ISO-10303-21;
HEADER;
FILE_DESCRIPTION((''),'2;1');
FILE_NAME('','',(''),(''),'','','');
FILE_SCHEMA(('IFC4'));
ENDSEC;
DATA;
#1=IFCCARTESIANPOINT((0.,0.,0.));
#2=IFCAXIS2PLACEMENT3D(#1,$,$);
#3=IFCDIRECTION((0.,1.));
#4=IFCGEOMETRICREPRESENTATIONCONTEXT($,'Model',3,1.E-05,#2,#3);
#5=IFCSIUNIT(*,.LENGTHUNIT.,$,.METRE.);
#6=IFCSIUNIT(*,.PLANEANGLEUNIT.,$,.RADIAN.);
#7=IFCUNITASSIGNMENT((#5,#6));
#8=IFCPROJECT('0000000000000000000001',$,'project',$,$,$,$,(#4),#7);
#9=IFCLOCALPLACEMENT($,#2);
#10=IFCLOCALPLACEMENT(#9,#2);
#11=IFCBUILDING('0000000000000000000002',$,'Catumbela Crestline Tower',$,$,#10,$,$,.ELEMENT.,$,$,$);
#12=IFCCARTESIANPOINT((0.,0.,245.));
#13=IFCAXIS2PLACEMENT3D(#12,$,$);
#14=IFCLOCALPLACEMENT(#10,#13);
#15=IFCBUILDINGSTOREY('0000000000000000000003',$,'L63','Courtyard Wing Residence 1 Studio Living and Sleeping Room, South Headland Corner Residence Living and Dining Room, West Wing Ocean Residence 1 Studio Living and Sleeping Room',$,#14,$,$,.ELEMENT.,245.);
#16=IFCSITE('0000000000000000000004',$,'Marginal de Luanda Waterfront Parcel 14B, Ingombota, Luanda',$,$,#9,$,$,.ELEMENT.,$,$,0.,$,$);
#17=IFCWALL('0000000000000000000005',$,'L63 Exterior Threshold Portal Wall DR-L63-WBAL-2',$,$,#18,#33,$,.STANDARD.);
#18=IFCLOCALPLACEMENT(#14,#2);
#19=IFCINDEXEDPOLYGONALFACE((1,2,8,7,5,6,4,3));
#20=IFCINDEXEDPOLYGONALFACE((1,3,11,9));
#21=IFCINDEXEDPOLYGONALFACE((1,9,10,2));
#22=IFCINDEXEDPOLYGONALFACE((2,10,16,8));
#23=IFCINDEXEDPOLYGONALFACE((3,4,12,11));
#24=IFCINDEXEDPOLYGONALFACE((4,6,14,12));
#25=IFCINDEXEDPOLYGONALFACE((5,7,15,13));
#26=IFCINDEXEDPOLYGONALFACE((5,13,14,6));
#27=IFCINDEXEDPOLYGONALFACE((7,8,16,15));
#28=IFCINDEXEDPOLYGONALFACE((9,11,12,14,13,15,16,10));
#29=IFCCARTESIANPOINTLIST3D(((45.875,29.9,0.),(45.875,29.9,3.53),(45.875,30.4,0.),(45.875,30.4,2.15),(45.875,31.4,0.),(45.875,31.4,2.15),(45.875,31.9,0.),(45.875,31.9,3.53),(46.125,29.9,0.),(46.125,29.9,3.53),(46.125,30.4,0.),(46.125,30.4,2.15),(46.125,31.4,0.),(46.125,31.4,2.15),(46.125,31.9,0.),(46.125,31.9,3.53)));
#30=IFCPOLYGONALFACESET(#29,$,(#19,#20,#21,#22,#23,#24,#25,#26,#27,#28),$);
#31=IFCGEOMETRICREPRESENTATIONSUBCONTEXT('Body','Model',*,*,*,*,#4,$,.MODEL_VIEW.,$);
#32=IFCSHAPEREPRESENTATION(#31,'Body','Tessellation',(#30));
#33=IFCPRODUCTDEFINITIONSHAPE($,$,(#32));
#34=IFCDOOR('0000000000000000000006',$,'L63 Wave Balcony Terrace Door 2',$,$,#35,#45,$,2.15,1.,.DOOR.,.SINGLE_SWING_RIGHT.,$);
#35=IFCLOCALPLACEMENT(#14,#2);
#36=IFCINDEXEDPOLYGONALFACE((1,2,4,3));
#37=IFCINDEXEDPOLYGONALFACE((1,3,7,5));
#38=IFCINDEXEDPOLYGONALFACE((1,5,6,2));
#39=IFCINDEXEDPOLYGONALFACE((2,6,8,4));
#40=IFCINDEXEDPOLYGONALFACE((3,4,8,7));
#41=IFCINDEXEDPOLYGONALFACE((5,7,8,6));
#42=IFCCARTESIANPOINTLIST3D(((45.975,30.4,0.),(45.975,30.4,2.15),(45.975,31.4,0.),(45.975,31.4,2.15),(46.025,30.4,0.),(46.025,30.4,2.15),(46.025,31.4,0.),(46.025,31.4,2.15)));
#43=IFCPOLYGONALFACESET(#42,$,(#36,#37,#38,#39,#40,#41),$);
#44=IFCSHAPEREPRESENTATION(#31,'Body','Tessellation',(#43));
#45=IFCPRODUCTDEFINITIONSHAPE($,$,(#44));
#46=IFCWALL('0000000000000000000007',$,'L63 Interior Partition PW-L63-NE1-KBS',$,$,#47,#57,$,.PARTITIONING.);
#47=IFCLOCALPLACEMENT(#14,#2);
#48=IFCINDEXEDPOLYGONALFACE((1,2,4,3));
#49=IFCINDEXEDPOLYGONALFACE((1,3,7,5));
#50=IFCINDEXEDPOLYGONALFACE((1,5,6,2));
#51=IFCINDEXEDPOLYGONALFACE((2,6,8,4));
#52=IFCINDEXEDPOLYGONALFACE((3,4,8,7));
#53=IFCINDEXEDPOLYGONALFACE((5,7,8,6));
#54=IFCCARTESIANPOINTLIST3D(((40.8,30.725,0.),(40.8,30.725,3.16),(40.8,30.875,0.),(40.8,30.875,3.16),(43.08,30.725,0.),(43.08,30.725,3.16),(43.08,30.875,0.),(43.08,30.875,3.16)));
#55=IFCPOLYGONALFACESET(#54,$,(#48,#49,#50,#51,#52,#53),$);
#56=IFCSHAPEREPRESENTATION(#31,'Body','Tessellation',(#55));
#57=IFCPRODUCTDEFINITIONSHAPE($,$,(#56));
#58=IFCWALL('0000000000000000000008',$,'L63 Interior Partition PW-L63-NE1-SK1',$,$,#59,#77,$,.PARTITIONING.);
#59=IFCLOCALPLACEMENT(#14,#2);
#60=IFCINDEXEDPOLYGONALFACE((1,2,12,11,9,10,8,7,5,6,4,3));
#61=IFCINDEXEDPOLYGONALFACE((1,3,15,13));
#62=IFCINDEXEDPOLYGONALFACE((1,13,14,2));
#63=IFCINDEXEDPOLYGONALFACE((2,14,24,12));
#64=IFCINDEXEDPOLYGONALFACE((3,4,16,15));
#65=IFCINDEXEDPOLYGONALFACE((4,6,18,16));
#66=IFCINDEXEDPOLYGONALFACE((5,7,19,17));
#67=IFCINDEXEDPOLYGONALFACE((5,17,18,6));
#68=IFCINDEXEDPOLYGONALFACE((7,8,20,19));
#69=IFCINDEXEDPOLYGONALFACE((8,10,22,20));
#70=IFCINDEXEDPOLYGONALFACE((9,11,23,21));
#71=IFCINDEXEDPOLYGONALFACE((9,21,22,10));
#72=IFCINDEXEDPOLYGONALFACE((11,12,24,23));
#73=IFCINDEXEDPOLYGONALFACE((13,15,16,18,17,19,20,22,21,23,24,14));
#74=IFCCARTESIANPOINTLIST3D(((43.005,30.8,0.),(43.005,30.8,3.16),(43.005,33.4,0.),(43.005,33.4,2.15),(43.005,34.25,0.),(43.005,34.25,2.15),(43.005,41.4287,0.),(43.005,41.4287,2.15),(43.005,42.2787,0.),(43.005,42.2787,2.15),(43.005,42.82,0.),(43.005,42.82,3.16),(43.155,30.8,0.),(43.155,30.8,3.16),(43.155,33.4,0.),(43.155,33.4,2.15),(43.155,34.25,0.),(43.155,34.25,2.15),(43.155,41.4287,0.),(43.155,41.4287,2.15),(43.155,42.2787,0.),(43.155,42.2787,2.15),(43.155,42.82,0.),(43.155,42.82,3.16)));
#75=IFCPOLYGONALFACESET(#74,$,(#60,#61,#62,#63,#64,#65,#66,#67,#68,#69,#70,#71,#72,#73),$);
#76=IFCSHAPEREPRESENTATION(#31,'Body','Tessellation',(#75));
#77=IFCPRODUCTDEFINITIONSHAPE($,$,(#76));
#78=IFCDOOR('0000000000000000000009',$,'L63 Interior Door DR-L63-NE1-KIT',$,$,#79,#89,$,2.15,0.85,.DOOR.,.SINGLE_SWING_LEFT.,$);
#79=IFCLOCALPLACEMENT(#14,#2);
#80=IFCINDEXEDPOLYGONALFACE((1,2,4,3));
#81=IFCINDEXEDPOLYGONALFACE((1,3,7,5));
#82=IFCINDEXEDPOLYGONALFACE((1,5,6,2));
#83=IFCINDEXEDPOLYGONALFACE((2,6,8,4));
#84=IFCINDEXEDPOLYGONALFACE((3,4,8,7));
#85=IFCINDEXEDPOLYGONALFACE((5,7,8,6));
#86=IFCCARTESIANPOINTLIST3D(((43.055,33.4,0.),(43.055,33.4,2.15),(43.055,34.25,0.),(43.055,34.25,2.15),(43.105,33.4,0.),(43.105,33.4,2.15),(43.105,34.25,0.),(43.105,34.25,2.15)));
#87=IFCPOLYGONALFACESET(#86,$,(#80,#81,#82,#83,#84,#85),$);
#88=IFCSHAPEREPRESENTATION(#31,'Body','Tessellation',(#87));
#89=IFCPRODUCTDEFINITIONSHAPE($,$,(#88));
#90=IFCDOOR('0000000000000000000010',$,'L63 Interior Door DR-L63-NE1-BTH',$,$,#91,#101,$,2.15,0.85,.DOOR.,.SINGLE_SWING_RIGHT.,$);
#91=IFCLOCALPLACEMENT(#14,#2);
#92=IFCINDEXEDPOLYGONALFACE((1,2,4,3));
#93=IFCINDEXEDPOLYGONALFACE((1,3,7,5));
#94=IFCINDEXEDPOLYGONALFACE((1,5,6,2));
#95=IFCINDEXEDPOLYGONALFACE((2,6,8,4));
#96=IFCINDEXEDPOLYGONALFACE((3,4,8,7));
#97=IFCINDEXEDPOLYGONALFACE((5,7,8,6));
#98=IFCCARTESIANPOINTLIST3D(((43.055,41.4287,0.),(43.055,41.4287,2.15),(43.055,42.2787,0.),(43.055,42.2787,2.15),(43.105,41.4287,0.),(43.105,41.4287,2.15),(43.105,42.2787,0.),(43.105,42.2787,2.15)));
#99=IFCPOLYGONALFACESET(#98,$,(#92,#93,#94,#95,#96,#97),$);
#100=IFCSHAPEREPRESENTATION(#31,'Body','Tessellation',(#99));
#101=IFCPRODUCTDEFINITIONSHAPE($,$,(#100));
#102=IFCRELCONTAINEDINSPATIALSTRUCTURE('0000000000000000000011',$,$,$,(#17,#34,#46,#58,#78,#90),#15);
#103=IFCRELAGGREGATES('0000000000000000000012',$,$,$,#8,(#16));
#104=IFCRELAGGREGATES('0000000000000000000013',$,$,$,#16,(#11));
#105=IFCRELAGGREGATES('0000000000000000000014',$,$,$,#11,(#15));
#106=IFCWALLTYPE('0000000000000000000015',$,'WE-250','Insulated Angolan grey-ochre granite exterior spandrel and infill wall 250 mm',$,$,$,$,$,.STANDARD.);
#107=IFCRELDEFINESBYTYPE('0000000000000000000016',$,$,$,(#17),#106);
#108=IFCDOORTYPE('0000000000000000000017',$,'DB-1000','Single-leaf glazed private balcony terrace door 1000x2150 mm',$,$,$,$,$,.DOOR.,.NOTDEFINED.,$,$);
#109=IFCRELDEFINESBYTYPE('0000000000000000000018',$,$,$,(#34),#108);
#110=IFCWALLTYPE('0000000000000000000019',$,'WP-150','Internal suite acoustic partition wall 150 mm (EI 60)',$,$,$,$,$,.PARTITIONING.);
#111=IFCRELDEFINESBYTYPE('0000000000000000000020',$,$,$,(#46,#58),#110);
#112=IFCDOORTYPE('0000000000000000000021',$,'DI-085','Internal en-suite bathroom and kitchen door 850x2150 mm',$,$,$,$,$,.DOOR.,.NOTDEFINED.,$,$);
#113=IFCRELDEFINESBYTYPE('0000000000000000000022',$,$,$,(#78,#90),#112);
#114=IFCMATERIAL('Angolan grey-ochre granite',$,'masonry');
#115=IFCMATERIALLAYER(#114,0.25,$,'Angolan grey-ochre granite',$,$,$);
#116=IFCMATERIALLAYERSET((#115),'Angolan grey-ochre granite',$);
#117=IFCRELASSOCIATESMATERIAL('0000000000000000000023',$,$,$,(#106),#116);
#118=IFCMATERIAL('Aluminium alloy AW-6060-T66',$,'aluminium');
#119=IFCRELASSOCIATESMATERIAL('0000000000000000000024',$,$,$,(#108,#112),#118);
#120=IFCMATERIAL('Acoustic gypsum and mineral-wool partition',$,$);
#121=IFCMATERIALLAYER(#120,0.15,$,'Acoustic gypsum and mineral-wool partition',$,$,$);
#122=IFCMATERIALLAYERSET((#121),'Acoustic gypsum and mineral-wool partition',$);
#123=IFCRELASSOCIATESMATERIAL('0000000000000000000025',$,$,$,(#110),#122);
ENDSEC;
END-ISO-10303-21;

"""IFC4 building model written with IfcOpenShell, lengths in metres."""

from ifc_helpers import new_model, si_unit, direction, frame, frame_2d, origin, place, context, subcontext, project, spatial, rectangle, extrude, material, layer, layer_set, type_object, element, fill, save


model = new_model("IFC4")

# Units and contexts
model_context = context("Model", 3, precision=1e-05, world=origin(), true_north=direction((0.0, 1.0)))
body_context = subcontext(model_context, "Body", "Model", "MODEL_VIEW")
ifc_project = project(units=[si_unit("LENGTHUNIT", "METRE"), si_unit("PLANEANGLEUNIT", "RADIAN")], contexts=[model_context])

# Site, building, storey
site_placement = place(None, origin())
site = spatial("IfcSite", under=ifc_project, at=site_placement, Name="Marginal de Luanda Waterfront Parcel 14B, Ingombota, Luanda", CompositionType="ELEMENT", RefElevation=0.0)
building_placement = place(site_placement, origin())
building = spatial("IfcBuilding", under=site, at=building_placement, Name="Catumbela Crestline Tower", CompositionType="ELEMENT")
storey_placement = place(building_placement, frame((0.0, 0.0, 245.0)))
storey = spatial("IfcBuildingStorey", under=building, at=storey_placement, Name="L63", Description="Courtyard Wing Residence 1 Studio Living and Sleeping Room, South Headland Corner Residence Living and Dining Room, West Wing Ocean Residence 1 Studio Living and Sleeping Room", CompositionType="ELEMENT", Elevation=245.0)

# Shared definitions
ifc_material_1 = material(Name="Aluminium alloy AW-6060-T66", Category="aluminium")

# Wall, opening, door
ifc_material_2 = material(Name="Acoustic gypsum and mineral-wool partition")
ifc_material_3 = material(Name="Angolan grey-ochre granite", Category="masonry")
ifc_layer_1 = layer(ifc_material_3, 0.25, Name="Angolan grey-ochre granite")
ifc_layer_set_1 = layer_set([ifc_layer_1], Name="Angolan grey-ochre granite")
wall_type_1 = type_object("IfcWallType", Name="WE-250", Description="Insulated Angolan grey-ochre granite exterior spandrel and infill wall 250 mm", PredefinedType="STANDARD", material=ifc_layer_set_1)
wall_1_placement = place(storey_placement, frame((46.0, 29.9, 0.0), z_axis=(0.0, 0.0, 1.0), x_axis=(0.0, 1.0, 0.0)))
wall_1 = element("IfcWall", 1, at=wall_1_placement, inside=storey, type_object=wall_type_1, Name="L63 Exterior Threshold Portal Wall DR-L63-WBAL-2", PredefinedType="STANDARD", context=body_context, shape_type="SweptSolid", body=[
    extrude(rectangle(XDim=2.0, YDim=0.25, at=frame_2d((1.0, 0.0))), origin(), (0.0, 0.0, 1.0), 3.53),
])
opening_1_placement = place(wall_1_placement, frame((0.5, 0.0, 0.0)))
opening_1 = element("IfcOpeningElement", 2, at=opening_1_placement, cuts=wall_1, PredefinedType="OPENING", context=body_context, shape_type="SweptSolid", body=[
    extrude(rectangle(XDim=1.0, YDim=2.15, at=frame_2d((0.5, 1.075))), frame((0.0, 0.135, 0.0), z_axis=(0.0, -1.0, 0.0), x_axis=(1.0, 0.0, 0.0)), (0.0, 0.0, 1.0), 0.27),
])
door_type_1 = type_object("IfcDoorType", Name="DB-1000", Description="Single-leaf glazed private balcony terrace door 1000x2150 mm", OperationType="NOTDEFINED", PredefinedType="DOOR", material=ifc_material_1)
door_1_placement = place(opening_1_placement, origin())
door_1 = element("IfcDoor", 3, at=door_1_placement, inside=storey, type_object=door_type_1, Name="L63 Wave Balcony Terrace Door 2", OperationType="SINGLE_SWING_RIGHT", OverallHeight=2.15, OverallWidth=1.0, PredefinedType="DOOR", context=body_context, shape_type="SweptSolid", body=[
    extrude(rectangle(XDim=1.0, YDim=2.15, at=frame_2d((0.5, 1.075))), frame((0.0, 0.025, 0.0), z_axis=(0.0, -1.0, 0.0), x_axis=(1.0, 0.0, 0.0)), (0.0, 0.0, 1.0), 0.05),
])
fill(opening_1, door_1)

# Wall
ifc_layer_2 = layer(ifc_material_2, 0.15, Name="Acoustic gypsum and mineral-wool partition")
ifc_layer_set_2 = layer_set([ifc_layer_2], Name="Acoustic gypsum and mineral-wool partition")
wall_type_2 = type_object("IfcWallType", Name="WP-150", Description="Internal suite acoustic partition wall 150 mm (EI 60)", PredefinedType="PARTITIONING", material=ifc_layer_set_2)
wall_2_placement = place(storey_placement, frame((40.8, 30.8, 0.0), z_axis=(0.0, 0.0, 1.0), x_axis=(1.0, 0.0, 0.0)))
element("IfcWall", 4, at=wall_2_placement, inside=storey, type_object=wall_type_2, Name="L63 Interior Partition PW-L63-NE1-KBS", PredefinedType="PARTITIONING", context=body_context, shape_type="SweptSolid", body=[
    extrude(rectangle(XDim=2.28, YDim=0.15, at=frame_2d((1.14, 0.0))), origin(), (0.0, 0.0, 1.0), 3.16),
])

# Wall, openings, doors
wall_3_placement = place(storey_placement, frame((43.08, 30.8, 0.0), z_axis=(0.0, 0.0, 1.0), x_axis=(0.0, 1.0, 0.0)))
wall_3 = element("IfcWall", 5, at=wall_3_placement, inside=storey, type_object=wall_type_2, Name="L63 Interior Partition PW-L63-NE1-SK1", PredefinedType="PARTITIONING", context=body_context, shape_type="SweptSolid", body=[
    extrude(rectangle(XDim=12.02, YDim=0.15, at=frame_2d((6.01, 0.0))), origin(), (0.0, 0.0, 1.0), 3.16),
])
opening_2_placement = place(wall_3_placement, frame((2.6, 0.0, 0.0)))
opening_2 = element("IfcOpeningElement", 6, at=opening_2_placement, cuts=wall_3, PredefinedType="OPENING", context=body_context, shape_type="SweptSolid", body=[
    extrude(rectangle(XDim=0.85, YDim=2.15, at=frame_2d((0.425, 1.075))), frame((0.0, 0.085, 0.0), z_axis=(0.0, -1.0, 0.0), x_axis=(1.0, 0.0, 0.0)), (0.0, 0.0, 1.0), 0.17),
])
opening_3_placement = place(wall_3_placement, frame((10.6287, 0.0, 0.0)))
opening_3 = element("IfcOpeningElement", 7, at=opening_3_placement, cuts=wall_3, PredefinedType="OPENING", context=body_context, shape_type="SweptSolid", body=[
    extrude(rectangle(XDim=0.85, YDim=2.15, at=frame_2d((0.425, 1.075))), frame((0.0, 0.085, 0.0), z_axis=(0.0, -1.0, 0.0), x_axis=(1.0, 0.0, 0.0)), (0.0, 0.0, 1.0), 0.17),
])
door_type_2 = type_object("IfcDoorType", Name="DI-085", Description="Internal en-suite bathroom and kitchen door 850x2150 mm", OperationType="NOTDEFINED", PredefinedType="DOOR", material=ifc_material_1)
door_2_placement = place(opening_2_placement, origin())
door_2 = element("IfcDoor", 8, at=door_2_placement, inside=storey, type_object=door_type_2, Name="L63 Interior Door DR-L63-NE1-KIT", OperationType="SINGLE_SWING_LEFT", OverallHeight=2.15, OverallWidth=0.85, PredefinedType="DOOR", context=body_context, shape_type="SweptSolid", body=[
    extrude(rectangle(XDim=0.85, YDim=2.15, at=frame_2d((0.425, 1.075))), frame((0.0, 0.025, 0.0), z_axis=(0.0, -1.0, 0.0), x_axis=(1.0, 0.0, 0.0)), (0.0, 0.0, 1.0), 0.05),
])
fill(opening_2, door_2)
door_3_placement = place(opening_3_placement, origin())
door_3 = element("IfcDoor", 9, at=door_3_placement, inside=storey, type_object=door_type_2, Name="L63 Interior Door DR-L63-NE1-BTH", OperationType="SINGLE_SWING_RIGHT", OverallHeight=2.15, OverallWidth=0.85, PredefinedType="DOOR", context=body_context, shape_type="SweptSolid", body=[
    extrude(rectangle(XDim=0.85, YDim=2.15, at=frame_2d((0.425, 1.075))), frame((0.0, 0.025, 0.0), z_axis=(0.0, -1.0, 0.0), x_axis=(1.0, 0.0, 0.0)), (0.0, 0.0, 1.0), 0.05),
])
fill(opening_3, door_3)

save(model, "model.ifc")
